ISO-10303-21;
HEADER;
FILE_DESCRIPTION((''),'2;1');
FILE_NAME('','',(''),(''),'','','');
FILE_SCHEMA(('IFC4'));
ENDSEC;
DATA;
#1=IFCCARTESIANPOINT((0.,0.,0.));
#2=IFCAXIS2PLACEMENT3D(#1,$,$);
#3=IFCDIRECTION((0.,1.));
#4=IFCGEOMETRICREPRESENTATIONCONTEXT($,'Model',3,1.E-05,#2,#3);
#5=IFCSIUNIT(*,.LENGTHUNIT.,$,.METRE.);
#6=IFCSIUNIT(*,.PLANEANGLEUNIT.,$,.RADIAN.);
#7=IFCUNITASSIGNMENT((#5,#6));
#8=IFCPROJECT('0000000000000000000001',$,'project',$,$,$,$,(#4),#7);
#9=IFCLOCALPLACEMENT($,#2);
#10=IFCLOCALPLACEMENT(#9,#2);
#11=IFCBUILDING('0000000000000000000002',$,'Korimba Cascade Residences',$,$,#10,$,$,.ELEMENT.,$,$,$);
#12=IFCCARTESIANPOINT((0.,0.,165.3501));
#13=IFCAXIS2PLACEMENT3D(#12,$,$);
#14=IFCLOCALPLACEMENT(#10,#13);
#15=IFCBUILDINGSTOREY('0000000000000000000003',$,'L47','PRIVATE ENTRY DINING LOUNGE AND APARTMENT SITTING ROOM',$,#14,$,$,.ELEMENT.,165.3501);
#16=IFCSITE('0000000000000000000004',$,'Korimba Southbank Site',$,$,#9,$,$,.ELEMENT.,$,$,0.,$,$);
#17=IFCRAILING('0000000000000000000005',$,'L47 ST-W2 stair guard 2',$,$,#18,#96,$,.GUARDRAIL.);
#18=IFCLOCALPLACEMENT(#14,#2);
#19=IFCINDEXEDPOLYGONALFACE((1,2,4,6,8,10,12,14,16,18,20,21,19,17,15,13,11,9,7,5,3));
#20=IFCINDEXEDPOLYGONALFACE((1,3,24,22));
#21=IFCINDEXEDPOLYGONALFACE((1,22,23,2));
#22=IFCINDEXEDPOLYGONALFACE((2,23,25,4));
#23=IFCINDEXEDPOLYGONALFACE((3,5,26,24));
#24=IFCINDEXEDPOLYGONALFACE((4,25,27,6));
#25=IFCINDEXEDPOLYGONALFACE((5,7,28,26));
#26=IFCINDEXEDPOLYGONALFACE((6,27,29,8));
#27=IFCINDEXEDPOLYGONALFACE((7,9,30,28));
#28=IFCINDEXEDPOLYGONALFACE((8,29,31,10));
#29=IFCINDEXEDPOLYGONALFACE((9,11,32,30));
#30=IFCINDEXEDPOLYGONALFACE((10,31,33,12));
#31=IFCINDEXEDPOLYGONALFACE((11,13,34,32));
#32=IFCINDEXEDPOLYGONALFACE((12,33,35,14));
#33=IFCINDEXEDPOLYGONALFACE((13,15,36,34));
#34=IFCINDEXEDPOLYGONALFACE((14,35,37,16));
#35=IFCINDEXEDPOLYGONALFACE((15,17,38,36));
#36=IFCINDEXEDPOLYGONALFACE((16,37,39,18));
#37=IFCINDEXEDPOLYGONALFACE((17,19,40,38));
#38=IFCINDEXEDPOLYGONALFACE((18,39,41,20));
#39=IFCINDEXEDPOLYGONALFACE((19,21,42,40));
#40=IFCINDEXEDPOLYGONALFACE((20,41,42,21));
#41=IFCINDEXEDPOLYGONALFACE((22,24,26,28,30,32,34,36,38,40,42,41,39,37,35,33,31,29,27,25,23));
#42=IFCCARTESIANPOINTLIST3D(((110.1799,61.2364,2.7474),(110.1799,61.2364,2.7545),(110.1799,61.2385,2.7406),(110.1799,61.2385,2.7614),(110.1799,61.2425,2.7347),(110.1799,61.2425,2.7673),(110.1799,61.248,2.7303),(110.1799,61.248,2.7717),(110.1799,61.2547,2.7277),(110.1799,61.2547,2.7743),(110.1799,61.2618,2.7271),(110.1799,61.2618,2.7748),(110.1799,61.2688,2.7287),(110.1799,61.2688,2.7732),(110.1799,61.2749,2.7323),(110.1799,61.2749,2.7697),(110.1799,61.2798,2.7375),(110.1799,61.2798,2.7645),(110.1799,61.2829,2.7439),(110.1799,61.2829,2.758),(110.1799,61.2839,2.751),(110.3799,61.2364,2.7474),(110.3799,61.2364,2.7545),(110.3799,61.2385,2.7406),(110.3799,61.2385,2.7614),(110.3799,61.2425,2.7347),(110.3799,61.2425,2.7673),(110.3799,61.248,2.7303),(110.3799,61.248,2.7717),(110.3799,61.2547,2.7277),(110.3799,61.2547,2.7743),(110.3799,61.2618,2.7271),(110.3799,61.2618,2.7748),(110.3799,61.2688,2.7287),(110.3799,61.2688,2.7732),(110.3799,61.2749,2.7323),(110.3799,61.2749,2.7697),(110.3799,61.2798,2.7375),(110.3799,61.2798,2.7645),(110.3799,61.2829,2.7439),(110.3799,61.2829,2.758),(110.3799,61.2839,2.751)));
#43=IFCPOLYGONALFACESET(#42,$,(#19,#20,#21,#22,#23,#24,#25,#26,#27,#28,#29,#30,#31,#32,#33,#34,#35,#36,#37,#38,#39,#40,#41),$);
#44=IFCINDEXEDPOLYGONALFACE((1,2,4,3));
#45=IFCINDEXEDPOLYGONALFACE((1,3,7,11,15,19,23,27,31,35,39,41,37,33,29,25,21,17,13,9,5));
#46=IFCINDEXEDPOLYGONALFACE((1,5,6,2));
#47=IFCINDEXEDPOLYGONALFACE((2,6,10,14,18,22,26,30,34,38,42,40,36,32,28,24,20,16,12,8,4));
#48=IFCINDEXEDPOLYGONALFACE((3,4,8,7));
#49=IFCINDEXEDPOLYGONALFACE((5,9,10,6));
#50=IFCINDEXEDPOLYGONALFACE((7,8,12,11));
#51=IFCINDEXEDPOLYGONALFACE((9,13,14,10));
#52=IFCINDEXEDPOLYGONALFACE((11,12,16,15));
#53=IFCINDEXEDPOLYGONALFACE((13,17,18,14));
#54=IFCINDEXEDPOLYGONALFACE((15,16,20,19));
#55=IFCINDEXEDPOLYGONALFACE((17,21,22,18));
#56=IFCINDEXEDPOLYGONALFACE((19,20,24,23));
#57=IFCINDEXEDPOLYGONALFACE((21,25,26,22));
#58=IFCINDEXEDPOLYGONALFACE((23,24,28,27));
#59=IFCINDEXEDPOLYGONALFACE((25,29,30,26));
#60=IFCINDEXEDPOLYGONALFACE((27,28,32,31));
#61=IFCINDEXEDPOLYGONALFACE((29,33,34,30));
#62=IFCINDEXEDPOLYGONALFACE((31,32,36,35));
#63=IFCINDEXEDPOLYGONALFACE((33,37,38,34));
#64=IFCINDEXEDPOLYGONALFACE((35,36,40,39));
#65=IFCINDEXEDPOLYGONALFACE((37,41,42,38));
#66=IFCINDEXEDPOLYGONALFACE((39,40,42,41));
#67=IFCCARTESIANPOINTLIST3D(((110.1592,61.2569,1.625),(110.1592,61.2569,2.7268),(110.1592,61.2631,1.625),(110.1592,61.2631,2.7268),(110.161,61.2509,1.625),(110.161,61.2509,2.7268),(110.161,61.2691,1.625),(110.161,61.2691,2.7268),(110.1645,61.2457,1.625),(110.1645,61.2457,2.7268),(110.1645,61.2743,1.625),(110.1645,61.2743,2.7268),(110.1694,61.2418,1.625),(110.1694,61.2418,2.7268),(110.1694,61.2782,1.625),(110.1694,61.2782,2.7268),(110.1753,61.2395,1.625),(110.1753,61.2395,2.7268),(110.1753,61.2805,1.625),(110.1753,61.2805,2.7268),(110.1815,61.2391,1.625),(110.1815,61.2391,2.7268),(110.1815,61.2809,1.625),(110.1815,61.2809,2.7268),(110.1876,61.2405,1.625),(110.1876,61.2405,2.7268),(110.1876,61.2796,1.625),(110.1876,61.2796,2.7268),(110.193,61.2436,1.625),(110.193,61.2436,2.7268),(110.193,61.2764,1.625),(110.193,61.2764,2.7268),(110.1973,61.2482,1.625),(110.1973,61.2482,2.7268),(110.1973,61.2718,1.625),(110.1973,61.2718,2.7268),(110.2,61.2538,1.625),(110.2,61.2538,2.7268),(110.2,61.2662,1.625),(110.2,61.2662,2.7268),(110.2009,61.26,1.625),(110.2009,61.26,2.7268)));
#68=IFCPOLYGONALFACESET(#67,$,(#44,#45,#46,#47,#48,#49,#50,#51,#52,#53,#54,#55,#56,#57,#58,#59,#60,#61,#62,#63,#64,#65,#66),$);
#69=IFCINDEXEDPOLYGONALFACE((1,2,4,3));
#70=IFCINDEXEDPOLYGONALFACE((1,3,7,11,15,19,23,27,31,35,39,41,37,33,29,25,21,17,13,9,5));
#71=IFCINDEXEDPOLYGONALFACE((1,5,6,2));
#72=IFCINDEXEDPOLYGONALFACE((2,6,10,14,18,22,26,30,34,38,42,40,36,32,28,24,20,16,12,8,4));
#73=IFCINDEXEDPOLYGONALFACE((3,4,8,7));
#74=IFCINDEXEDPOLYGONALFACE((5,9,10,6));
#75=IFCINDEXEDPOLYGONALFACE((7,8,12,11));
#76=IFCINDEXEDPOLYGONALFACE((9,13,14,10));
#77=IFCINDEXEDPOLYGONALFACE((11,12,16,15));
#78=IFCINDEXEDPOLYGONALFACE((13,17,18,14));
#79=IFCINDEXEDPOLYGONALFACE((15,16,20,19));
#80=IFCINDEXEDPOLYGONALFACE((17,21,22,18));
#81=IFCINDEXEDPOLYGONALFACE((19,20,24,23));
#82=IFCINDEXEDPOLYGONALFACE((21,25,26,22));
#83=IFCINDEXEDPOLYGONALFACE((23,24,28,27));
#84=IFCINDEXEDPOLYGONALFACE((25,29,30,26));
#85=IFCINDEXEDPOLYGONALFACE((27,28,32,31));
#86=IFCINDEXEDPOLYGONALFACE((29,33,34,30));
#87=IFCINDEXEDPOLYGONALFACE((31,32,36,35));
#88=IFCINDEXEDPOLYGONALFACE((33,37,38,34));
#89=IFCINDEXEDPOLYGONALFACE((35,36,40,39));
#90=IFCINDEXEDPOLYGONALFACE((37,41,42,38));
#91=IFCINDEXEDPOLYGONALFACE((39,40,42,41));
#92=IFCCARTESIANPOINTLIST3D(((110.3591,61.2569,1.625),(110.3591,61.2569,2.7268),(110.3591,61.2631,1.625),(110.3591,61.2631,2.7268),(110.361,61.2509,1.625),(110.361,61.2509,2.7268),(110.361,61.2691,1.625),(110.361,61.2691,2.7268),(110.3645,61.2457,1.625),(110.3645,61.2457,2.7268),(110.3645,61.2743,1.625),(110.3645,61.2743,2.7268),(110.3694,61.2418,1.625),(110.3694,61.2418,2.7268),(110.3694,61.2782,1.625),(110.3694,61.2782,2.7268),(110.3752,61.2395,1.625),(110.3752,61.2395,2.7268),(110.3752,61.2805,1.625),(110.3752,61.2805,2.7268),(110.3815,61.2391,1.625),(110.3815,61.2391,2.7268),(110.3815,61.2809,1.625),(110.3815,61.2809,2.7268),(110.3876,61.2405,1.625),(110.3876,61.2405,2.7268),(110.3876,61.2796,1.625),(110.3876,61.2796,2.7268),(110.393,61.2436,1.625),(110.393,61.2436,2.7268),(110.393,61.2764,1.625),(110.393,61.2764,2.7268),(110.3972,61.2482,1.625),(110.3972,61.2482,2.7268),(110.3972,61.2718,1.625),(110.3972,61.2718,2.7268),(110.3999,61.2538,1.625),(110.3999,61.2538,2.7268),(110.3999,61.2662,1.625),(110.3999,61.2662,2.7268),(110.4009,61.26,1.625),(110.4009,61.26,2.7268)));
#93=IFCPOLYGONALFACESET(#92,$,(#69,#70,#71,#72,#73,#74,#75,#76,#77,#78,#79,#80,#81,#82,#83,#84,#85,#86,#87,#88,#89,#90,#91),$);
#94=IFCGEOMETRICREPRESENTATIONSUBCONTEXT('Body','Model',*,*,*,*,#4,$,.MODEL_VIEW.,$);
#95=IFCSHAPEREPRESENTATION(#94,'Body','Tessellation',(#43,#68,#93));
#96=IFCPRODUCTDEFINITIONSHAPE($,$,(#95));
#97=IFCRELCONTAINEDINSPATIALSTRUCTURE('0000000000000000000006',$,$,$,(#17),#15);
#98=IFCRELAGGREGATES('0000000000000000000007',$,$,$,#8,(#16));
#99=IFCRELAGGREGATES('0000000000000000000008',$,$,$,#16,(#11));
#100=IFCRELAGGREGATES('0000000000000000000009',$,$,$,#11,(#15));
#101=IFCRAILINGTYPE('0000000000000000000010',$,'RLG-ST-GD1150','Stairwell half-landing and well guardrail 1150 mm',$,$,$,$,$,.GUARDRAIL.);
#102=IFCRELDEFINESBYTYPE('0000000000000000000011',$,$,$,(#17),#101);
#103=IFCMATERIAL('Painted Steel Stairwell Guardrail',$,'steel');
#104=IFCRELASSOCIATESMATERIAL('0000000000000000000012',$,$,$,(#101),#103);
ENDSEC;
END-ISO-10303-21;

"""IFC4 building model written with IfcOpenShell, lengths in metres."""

from ifc_helpers import new_model, si_unit, direction, frame, origin, origin_2d, place, context, subcontext, project, spatial, circle, extrude, material, type_object, element, save


model = new_model("IFC4")

# Units and contexts
model_context = context("Model", 3, precision=1e-05, world=origin(), true_north=direction((0.0, 1.0)))
body_context = subcontext(model_context, "Body", "Model", "MODEL_VIEW")
ifc_project = project(units=[si_unit("LENGTHUNIT", "METRE"), si_unit("PLANEANGLEUNIT", "RADIAN")], contexts=[model_context])

# Site, building, storey
site_placement = place(None, origin())
site = spatial("IfcSite", under=ifc_project, at=site_placement, Name="Korimba Southbank Site", CompositionType="ELEMENT", RefElevation=0.0)
building_placement = place(site_placement, origin())
building = spatial("IfcBuilding", under=site, at=building_placement, Name="Korimba Cascade Residences", CompositionType="ELEMENT")
storey_placement = place(building_placement, frame((0.0, 0.0, 165.3501)))
storey = spatial("IfcBuildingStorey", under=building, at=storey_placement, Name="L47", Description="PRIVATE ENTRY DINING LOUNGE AND APARTMENT SITTING ROOM", CompositionType="ELEMENT", Elevation=165.3501)

# Railing
ifc_material_1 = material(Name="Painted Steel Stairwell Guardrail", Category="steel")
railing_type_1 = type_object("IfcRailingType", Name="RLG-ST-GD1150", Description="Stairwell half-landing and well guardrail 1150 mm", PredefinedType="GUARDRAIL", material=ifc_material_1)
railing_1_placement = place(storey_placement, frame((110.1799, 61.26, 1.625)))
element("IfcRailing", 1, at=railing_1_placement, inside=storey, type_object=railing_type_1, Name="L47 ST-W2 stair guard 2", PredefinedType="GUARDRAIL", context=body_context, shape_type="SweptSolid", body=[
    extrude(circle(Radius=0.0239, at=origin_2d()), frame((0.0, 0.0, 1.126), z_axis=(1.0, 0.0, 0.0), x_axis=(0.0, 1.0, 0.0)), (0.0, 0.0, 1.0), 0.2),
    extrude(circle(Radius=0.021, at=origin_2d()), origin(), (0.0, 0.0, 1.0), 1.1018),
    extrude(circle(Radius=0.021, at=origin_2d()), frame((0.2, 0.0, 0.0)), (0.0, 0.0, 1.0), 1.1018),
])

save(model, "model.ifc")
